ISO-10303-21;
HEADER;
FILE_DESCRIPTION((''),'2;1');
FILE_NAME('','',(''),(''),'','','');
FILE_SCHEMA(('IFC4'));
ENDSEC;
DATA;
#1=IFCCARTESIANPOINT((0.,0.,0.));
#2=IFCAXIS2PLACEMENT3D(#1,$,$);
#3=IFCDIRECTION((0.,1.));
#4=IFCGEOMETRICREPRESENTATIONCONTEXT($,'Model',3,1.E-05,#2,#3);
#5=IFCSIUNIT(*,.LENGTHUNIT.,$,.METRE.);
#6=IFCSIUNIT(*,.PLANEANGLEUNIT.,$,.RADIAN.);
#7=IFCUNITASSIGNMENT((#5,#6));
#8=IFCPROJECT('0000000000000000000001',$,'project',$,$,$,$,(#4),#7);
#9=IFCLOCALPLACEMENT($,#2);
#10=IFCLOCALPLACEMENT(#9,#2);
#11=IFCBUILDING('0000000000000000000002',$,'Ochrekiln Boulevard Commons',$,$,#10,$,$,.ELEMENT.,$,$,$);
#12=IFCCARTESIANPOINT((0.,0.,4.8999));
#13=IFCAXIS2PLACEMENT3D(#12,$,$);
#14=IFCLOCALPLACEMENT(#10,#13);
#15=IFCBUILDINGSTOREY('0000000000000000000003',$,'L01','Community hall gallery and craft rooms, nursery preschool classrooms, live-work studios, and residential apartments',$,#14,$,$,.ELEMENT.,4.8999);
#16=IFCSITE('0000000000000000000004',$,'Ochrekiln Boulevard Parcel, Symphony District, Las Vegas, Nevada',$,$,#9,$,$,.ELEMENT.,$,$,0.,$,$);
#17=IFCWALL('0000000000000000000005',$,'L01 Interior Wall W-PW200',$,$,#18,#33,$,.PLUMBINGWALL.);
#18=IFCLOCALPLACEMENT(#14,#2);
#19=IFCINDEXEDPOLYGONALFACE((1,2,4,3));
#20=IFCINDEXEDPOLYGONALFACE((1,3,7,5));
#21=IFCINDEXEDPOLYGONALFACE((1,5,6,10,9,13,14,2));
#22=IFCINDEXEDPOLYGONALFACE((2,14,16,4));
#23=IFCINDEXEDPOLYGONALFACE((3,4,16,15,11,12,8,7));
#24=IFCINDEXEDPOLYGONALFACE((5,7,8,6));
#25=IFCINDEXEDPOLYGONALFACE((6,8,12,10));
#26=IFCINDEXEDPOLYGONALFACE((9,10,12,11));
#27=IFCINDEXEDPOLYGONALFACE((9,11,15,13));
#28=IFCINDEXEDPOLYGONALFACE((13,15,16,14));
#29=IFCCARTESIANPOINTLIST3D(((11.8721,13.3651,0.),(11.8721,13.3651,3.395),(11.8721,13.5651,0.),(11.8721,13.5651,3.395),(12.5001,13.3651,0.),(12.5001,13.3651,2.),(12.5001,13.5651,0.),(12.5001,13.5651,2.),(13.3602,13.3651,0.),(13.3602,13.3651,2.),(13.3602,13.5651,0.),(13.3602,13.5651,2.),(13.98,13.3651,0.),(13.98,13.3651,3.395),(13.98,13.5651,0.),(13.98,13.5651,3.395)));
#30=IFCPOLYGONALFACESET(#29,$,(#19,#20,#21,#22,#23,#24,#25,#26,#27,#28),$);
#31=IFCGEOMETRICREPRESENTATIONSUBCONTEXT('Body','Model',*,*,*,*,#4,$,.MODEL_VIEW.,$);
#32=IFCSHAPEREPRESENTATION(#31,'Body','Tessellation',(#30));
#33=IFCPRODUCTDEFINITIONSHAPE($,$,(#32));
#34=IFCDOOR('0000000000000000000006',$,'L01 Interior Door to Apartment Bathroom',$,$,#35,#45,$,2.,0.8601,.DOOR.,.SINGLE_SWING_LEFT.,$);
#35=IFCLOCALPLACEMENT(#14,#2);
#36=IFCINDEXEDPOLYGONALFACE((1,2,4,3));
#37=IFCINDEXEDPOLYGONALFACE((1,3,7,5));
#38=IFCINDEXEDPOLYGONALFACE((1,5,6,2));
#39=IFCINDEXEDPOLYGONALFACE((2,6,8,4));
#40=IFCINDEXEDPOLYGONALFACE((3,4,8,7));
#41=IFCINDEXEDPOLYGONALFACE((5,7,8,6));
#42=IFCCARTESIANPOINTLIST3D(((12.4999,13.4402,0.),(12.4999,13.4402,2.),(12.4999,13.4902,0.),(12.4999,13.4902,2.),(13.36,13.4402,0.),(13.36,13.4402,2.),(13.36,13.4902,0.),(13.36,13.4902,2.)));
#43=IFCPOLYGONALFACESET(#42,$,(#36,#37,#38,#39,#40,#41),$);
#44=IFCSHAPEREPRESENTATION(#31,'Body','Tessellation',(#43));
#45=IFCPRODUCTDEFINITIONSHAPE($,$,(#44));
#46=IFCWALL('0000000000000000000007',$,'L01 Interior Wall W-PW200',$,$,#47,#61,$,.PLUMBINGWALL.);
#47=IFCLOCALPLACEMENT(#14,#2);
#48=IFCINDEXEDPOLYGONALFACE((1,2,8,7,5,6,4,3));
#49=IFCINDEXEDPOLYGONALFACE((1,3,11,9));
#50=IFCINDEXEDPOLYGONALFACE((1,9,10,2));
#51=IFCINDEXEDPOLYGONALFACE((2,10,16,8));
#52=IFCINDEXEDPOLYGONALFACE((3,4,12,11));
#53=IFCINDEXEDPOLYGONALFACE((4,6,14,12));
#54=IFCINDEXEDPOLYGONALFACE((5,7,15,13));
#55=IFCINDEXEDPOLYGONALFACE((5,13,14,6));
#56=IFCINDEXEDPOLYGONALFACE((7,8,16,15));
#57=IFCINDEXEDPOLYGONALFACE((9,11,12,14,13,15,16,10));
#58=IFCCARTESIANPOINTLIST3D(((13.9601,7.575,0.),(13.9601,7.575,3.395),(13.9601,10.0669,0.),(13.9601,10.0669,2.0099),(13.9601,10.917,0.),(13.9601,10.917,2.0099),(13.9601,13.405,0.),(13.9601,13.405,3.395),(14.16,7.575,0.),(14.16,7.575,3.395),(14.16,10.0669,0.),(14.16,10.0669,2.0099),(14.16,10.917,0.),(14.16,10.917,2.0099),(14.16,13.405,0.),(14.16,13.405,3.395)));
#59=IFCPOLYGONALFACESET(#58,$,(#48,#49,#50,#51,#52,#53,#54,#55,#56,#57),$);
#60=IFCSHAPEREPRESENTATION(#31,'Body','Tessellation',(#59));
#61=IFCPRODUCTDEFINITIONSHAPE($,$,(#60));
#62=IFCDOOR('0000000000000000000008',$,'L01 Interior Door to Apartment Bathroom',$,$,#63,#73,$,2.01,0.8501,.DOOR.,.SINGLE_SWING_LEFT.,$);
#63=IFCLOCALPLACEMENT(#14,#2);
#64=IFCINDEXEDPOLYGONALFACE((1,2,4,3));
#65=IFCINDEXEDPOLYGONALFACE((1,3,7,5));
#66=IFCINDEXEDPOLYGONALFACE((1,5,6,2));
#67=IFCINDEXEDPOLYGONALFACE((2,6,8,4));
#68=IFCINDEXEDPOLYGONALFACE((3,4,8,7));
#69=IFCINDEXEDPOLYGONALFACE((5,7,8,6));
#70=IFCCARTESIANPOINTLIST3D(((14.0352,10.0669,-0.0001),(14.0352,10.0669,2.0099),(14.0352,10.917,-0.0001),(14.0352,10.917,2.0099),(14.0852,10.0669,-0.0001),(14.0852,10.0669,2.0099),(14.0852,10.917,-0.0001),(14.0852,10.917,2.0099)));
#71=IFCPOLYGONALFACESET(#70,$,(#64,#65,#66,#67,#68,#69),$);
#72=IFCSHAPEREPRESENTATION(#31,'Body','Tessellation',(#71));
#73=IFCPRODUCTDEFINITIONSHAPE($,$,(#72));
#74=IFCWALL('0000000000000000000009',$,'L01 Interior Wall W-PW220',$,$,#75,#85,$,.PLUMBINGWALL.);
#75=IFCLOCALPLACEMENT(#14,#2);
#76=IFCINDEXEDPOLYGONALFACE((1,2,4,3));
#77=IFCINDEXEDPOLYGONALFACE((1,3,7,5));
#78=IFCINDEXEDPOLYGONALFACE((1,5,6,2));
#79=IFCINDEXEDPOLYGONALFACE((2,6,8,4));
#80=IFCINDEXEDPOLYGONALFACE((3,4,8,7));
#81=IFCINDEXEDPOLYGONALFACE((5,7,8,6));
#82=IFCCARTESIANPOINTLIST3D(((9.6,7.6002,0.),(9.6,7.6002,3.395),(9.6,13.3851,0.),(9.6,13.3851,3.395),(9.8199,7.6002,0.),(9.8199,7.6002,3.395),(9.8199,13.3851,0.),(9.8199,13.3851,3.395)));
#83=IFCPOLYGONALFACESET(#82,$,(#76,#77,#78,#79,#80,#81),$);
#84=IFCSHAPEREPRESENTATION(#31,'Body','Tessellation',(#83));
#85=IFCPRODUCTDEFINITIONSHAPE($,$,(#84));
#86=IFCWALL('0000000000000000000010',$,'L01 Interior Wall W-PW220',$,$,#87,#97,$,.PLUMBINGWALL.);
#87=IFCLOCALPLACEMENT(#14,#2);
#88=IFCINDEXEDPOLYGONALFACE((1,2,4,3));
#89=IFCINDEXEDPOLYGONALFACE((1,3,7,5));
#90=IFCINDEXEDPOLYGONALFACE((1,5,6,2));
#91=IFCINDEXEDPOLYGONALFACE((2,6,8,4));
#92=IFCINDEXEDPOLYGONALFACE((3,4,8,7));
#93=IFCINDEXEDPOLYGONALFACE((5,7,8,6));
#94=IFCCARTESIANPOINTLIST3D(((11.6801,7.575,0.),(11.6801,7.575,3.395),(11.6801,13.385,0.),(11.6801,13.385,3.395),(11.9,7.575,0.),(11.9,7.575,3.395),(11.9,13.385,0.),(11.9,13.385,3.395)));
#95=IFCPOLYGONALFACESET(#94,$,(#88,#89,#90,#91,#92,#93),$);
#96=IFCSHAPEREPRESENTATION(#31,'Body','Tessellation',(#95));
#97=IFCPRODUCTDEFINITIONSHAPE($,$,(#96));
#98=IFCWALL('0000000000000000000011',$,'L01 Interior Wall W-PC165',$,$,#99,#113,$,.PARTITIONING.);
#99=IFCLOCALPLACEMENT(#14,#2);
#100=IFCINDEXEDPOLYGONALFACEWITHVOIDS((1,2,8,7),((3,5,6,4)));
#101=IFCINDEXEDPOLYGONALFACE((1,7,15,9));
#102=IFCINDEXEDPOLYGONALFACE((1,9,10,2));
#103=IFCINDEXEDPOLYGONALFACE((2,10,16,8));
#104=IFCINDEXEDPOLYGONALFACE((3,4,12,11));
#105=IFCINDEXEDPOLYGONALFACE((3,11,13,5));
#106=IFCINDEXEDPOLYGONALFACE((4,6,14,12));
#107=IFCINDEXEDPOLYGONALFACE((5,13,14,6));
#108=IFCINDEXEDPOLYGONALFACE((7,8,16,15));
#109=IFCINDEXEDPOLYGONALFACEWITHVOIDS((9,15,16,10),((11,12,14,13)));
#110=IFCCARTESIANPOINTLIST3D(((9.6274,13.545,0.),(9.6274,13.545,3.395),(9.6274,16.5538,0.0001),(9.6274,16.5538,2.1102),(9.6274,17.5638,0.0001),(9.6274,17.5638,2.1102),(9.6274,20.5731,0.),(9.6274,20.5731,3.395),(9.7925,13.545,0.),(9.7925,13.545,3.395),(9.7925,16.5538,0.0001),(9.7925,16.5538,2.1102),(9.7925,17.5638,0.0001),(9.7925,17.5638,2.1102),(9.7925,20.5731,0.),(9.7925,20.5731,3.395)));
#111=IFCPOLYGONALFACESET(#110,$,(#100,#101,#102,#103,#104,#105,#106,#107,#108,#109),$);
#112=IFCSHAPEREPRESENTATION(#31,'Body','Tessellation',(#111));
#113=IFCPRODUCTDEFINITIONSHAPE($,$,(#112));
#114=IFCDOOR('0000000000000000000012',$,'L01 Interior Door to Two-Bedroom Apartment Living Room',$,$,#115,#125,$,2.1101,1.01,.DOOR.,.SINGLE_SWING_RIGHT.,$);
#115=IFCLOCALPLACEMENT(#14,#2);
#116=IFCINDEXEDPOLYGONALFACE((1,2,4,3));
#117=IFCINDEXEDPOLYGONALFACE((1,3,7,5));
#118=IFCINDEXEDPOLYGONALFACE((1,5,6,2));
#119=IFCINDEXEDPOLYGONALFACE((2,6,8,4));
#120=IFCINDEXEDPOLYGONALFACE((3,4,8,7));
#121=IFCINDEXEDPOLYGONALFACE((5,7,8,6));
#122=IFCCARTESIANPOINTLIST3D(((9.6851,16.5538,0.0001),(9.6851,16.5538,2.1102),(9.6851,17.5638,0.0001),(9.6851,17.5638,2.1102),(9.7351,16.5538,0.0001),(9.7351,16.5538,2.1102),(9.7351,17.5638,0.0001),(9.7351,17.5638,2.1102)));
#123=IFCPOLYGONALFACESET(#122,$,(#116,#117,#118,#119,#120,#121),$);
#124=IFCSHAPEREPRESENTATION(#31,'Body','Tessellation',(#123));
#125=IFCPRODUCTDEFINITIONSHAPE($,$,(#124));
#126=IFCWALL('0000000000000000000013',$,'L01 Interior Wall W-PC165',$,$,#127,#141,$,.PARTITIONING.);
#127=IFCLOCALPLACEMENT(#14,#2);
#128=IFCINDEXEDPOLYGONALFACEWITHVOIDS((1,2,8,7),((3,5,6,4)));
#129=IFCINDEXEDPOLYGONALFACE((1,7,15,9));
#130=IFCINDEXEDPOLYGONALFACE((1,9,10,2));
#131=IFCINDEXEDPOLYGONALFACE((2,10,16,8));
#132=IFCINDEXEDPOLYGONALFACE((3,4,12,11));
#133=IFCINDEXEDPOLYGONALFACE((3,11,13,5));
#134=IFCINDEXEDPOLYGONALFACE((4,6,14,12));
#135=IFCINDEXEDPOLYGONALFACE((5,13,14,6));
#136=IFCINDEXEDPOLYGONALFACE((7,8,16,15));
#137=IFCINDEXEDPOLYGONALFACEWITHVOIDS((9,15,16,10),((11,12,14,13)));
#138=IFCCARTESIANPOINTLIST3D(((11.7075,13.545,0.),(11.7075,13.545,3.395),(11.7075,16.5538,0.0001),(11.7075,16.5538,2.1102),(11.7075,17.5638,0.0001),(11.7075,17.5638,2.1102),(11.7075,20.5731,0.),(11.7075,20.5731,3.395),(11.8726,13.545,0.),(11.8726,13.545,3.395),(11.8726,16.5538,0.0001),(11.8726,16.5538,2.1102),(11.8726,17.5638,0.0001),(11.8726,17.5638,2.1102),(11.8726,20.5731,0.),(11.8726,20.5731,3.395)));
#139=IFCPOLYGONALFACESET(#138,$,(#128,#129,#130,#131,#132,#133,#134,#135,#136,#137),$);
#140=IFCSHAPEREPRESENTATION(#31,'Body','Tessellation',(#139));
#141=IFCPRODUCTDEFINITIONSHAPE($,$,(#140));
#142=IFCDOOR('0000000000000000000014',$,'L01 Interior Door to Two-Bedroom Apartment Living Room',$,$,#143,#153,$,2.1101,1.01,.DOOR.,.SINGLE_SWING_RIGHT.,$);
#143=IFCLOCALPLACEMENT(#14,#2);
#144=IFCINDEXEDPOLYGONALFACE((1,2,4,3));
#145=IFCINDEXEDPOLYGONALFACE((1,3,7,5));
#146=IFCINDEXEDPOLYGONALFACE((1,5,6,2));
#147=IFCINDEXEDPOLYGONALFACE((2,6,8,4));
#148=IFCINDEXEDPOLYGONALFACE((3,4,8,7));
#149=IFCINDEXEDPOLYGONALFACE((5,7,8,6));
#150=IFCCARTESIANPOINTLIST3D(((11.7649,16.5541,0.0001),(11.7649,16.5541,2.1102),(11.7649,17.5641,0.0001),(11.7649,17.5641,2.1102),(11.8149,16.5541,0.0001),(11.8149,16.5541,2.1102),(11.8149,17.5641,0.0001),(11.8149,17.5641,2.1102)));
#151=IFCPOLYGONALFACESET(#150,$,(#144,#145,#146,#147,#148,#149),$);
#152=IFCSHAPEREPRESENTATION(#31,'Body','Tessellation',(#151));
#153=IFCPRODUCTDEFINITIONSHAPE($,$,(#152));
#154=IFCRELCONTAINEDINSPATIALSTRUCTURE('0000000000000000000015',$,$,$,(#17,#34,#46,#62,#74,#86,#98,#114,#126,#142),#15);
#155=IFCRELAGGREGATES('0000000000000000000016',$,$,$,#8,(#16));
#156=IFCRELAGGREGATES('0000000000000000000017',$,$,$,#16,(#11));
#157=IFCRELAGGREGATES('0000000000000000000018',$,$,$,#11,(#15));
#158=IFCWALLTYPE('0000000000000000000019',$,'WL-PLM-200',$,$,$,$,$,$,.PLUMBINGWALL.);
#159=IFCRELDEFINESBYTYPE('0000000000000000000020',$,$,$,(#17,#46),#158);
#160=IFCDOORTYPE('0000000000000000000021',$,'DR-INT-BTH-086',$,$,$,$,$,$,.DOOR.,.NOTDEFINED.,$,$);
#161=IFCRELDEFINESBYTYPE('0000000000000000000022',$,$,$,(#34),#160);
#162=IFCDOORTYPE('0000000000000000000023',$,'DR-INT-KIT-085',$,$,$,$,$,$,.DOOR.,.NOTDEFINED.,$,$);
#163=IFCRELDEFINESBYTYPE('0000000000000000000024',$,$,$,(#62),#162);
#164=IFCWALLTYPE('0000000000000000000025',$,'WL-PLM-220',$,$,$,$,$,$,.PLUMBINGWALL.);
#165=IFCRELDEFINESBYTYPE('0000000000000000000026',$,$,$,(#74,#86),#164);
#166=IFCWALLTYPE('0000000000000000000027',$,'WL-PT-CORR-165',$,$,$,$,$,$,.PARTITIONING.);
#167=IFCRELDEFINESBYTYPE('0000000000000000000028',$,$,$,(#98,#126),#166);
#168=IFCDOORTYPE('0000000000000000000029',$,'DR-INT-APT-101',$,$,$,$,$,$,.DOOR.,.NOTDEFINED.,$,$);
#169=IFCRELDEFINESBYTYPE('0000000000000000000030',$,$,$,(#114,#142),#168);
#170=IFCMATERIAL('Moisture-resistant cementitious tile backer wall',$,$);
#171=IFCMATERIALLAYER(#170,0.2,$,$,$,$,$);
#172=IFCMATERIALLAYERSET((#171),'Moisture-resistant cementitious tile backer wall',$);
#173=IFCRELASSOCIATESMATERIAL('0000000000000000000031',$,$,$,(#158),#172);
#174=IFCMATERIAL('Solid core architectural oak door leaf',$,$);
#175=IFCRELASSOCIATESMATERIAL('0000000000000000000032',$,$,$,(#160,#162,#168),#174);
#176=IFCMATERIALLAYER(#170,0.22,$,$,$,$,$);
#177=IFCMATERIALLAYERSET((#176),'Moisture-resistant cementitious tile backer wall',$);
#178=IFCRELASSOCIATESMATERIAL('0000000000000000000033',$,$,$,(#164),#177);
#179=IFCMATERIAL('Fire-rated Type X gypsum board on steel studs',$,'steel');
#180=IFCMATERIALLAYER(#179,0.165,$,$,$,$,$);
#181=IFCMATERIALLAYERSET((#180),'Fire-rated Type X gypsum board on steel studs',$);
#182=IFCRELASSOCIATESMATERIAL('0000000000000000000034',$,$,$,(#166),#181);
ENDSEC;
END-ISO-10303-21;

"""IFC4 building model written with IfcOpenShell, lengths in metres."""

from ifc_helpers import new_model, si_unit, direction, frame, frame_2d, origin, place, context, subcontext, project, spatial, rectangle, extrude, material, layer, layer_set, type_object, element, fill, save


model = new_model("IFC4")

# Units and contexts
model_context = context("Model", 3, precision=1e-05, world=origin(), true_north=direction((0.0, 1.0)))
body_context = subcontext(model_context, "Body", "Model", "MODEL_VIEW")
ifc_project = project(units=[si_unit("LENGTHUNIT", "METRE"), si_unit("PLANEANGLEUNIT", "RADIAN")], contexts=[model_context])

# Site, building, storey
site_placement = place(None, origin())
site = spatial("IfcSite", under=ifc_project, at=site_placement, Name="Ochrekiln Boulevard Parcel, Symphony District, Las Vegas, Nevada", CompositionType="ELEMENT", RefElevation=0.0)
building_placement = place(site_placement, origin())
building = spatial("IfcBuilding", under=site, at=building_placement, Name="Ochrekiln Boulevard Commons", CompositionType="ELEMENT")
storey_placement = place(building_placement, frame((0.0, 0.0, 4.8999)))
storey = spatial("IfcBuildingStorey", under=building, at=storey_placement, Name="L01", Description="Community hall gallery and craft rooms, nursery preschool classrooms, live-work studios, and residential apartments", CompositionType="ELEMENT", Elevation=4.8999)

# Walls, openings, doors
ifc_material_1 = material(Name="Moisture-resistant cementitious tile backer wall")
ifc_layer_1 = layer(ifc_material_1, 0.2)
ifc_layer_set_1 = layer_set([ifc_layer_1], Name="Moisture-resistant cementitious tile backer wall")
wall_type_1 = type_object("IfcWallType", Name="WL-PLM-200", PredefinedType="PLUMBINGWALL", material=ifc_layer_set_1)
wall_1_placement = place(storey_placement, frame((11.8721, 13.4651, 0.0), z_axis=(0.0, 0.0, 1.0), x_axis=(1.0, 0.0, 0.0)))
wall_1 = element("IfcWall", 1, at=wall_1_placement, inside=storey, type_object=wall_type_1, Name="L01 Interior Wall W-PW200", PredefinedType="PLUMBINGWALL", context=body_context, shape_type="SweptSolid", body=[
    extrude(rectangle(XDim=2.1079, YDim=0.2, at=frame_2d((1.054, 0.0))), origin(), (0.0, 0.0, 1.0), 3.395),
])
opening_1_placement = place(wall_1_placement, frame((0.6279, 0.0, 0.0)))
opening_1 = element("IfcOpeningElement", 2, at=opening_1_placement, cuts=wall_1, PredefinedType="OPENING", context=body_context, shape_type="SweptSolid", body=[
    extrude(rectangle(XDim=0.8601, YDim=2.0, at=frame_2d((0.4302, 1.0))), frame((0.0, 0.1099, 0.0), z_axis=(0.0, -1.0, 0.0), x_axis=(1.0, 0.0, 0.0)), (0.0, 0.0, 1.0), 0.22),
])
ifc_material_2 = material(Name="Solid core architectural oak door leaf")
door_type_1 = type_object("IfcDoorType", Name="DR-INT-BTH-086", OperationType="NOTDEFINED", PredefinedType="DOOR", material=ifc_material_2)
door_1_placement = place(opening_1_placement, frame((0.8601, 0.0, 0.0), z_axis=(0.0, 0.0, 1.0), x_axis=(-1.0, 0.0, 0.0)))
door_1 = element("IfcDoor", 3, at=door_1_placement, inside=storey, type_object=door_type_1, Name="L01 Interior Door to Apartment Bathroom", OperationType="SINGLE_SWING_LEFT", OverallHeight=2.0, OverallWidth=0.8601, PredefinedType="DOOR", context=body_context, shape_type="SweptSolid", body=[
    extrude(rectangle(XDim=0.8601, YDim=2.0, at=frame_2d((0.4302, 1.0))), frame((0.0, 0.0249, 0.0), z_axis=(0.0, -1.0, 0.0), x_axis=(1.0, 0.0, 0.0)), (0.0, 0.0, 1.0), 0.05),
])
fill(opening_1, door_1)
wall_2_placement = place(storey_placement, frame((14.0601, 7.575, 0.0), z_axis=(0.0, 0.0, 1.0), x_axis=(0.0, 1.0, 0.0)))
wall_2 = element("IfcWall", 4, at=wall_2_placement, inside=storey, type_object=wall_type_1, Name="L01 Interior Wall W-PW200", PredefinedType="PLUMBINGWALL", context=body_context, shape_type="SweptSolid", body=[
    extrude(rectangle(XDim=5.8301, YDim=0.2, at=frame_2d((2.915, 0.0))), origin(), (0.0, 0.0, 1.0), 3.395),
])
opening_2_placement = place(wall_2_placement, frame((2.4919, 0.0, 0.0)))
opening_2 = element("IfcOpeningElement", 5, at=opening_2_placement, cuts=wall_2, PredefinedType="OPENING", context=body_context, shape_type="SweptSolid", body=[
    extrude(rectangle(XDim=0.8501, YDim=2.01, at=frame_2d((0.425, 1.0049))), frame((0.0, 0.1099, 0.0), z_axis=(0.0, -1.0, 0.0), x_axis=(1.0, 0.0, 0.0)), (0.0, 0.0, 1.0), 0.22),
])
door_type_2 = type_object("IfcDoorType", Name="DR-INT-KIT-085", OperationType="NOTDEFINED", PredefinedType="DOOR", material=ifc_material_2)
door_2_placement = place(opening_2_placement, origin())
door_2 = element("IfcDoor", 6, at=door_2_placement, inside=storey, type_object=door_type_2, Name="L01 Interior Door to Apartment Bathroom", OperationType="SINGLE_SWING_LEFT", OverallHeight=2.01, OverallWidth=0.8501, PredefinedType="DOOR", context=body_context, shape_type="SweptSolid", body=[
    extrude(rectangle(XDim=0.8501, YDim=2.01, at=frame_2d((0.425, 1.0049))), frame((0.0, 0.0249, 0.0), z_axis=(0.0, -1.0, 0.0), x_axis=(1.0, 0.0, 0.0)), (0.0, 0.0, 1.0), 0.05),
])
fill(opening_2, door_2)

# Walls
ifc_layer_2 = layer(ifc_material_1, 0.22)
ifc_layer_set_2 = layer_set([ifc_layer_2], Name="Moisture-resistant cementitious tile backer wall")
wall_type_2 = type_object("IfcWallType", Name="WL-PLM-220", PredefinedType="PLUMBINGWALL", material=ifc_layer_set_2)
wall_3_placement = place(storey_placement, frame((9.71, 7.6001, 0.0), z_axis=(0.0, 0.0, 1.0), x_axis=(0.0, 1.0, 0.0)))
element("IfcWall", 7, at=wall_3_placement, inside=storey, type_object=wall_type_2, Name="L01 Interior Wall W-PW220", PredefinedType="PLUMBINGWALL", context=body_context, shape_type="SweptSolid", body=[
    extrude(rectangle(XDim=5.7849, YDim=0.22, at=frame_2d((2.8926, 0.0))), origin(), (0.0, 0.0, 1.0), 3.395),
])
wall_4_placement = place(storey_placement, frame((11.79, 7.575, 0.0), z_axis=(0.0, 0.0, 1.0), x_axis=(0.0, 1.0, 0.0)))
element("IfcWall", 8, at=wall_4_placement, inside=storey, type_object=wall_type_2, Name="L01 Interior Wall W-PW220", PredefinedType="PLUMBINGWALL", context=body_context, shape_type="SweptSolid", body=[
    extrude(rectangle(XDim=5.8101, YDim=0.22, at=frame_2d((2.905, 0.0))), origin(), (0.0, 0.0, 1.0), 3.395),
])

# Walls, openings, doors
ifc_material_3 = material(Name="Fire-rated Type X gypsum board on steel studs", Category="steel")
ifc_layer_3 = layer(ifc_material_3, 0.165)
ifc_layer_set_3 = layer_set([ifc_layer_3], Name="Fire-rated Type X gypsum board on steel studs")
wall_type_3 = type_object("IfcWallType", Name="WL-PT-CORR-165", PredefinedType="PARTITIONING", material=ifc_layer_set_3)
wall_5_placement = place(storey_placement, frame((9.71, 13.5449, 0.0), z_axis=(0.0, 0.0, 1.0), x_axis=(0.0, 1.0, 0.0)))
wall_5 = element("IfcWall", 9, at=wall_5_placement, inside=storey, type_object=wall_type_3, Name="L01 Interior Wall W-PC165", PredefinedType="PARTITIONING", context=body_context, shape_type="SweptSolid", body=[
    extrude(rectangle(XDim=7.0281, YDim=0.165, at=frame_2d((3.5142, 0.0))), origin(), (0.0, 0.0, 1.0), 3.395),
])
opening_3_placement = place(wall_5_placement, frame((3.009, 0.0, 0.0)))
opening_3 = element("IfcOpeningElement", 10, at=opening_3_placement, cuts=wall_5, PredefinedType="OPENING", context=body_context, shape_type="SweptSolid", body=[
    extrude(rectangle(XDim=1.01, YDim=2.1101, at=frame_2d((0.5049, 1.0552))), frame((0.0, 0.0925, 0.0), z_axis=(0.0, -1.0, 0.0), x_axis=(1.0, 0.0, 0.0)), (0.0, 0.0, 1.0), 0.1851),
])
door_type_3 = type_object("IfcDoorType", Name="DR-INT-APT-101", OperationType="NOTDEFINED", PredefinedType="DOOR", material=ifc_material_2)
door_3_placement = place(opening_3_placement, origin())
door_3 = element("IfcDoor", 11, at=door_3_placement, inside=storey, type_object=door_type_3, Name="L01 Interior Door to Two-Bedroom Apartment Living Room", OperationType="SINGLE_SWING_RIGHT", OverallHeight=2.1101, OverallWidth=1.01, PredefinedType="DOOR", context=body_context, shape_type="SweptSolid", body=[
    extrude(rectangle(XDim=1.01, YDim=2.1101, at=frame_2d((0.5049, 1.0552))), frame((0.0, 0.0249, 0.0), z_axis=(0.0, -1.0, 0.0), x_axis=(1.0, 0.0, 0.0)), (0.0, 0.0, 1.0), 0.05),
])
fill(opening_3, door_3)
wall_6_placement = place(storey_placement, frame((11.79, 13.5449, 0.0), z_axis=(0.0, 0.0, 1.0), x_axis=(0.0, 1.0, 0.0)))
wall_6 = element("IfcWall", 12, at=wall_6_placement, inside=storey, type_object=wall_type_3, Name="L01 Interior Wall W-PC165", PredefinedType="PARTITIONING", context=body_context, shape_type="SweptSolid", body=[
    extrude(rectangle(XDim=7.0281, YDim=0.165, at=frame_2d((3.5142, 0.0))), origin(), (0.0, 0.0, 1.0), 3.395),
])
opening_4_placement = place(wall_6_placement, frame((3.009, 0.0, 0.0)))
opening_4 = element("IfcOpeningElement", 13, at=opening_4_placement, cuts=wall_6, PredefinedType="OPENING", context=body_context, shape_type="SweptSolid", body=[
    extrude(rectangle(XDim=1.01, YDim=2.1101, at=frame_2d((0.5049, 1.0552))), frame((0.0, 0.0925, 0.0), z_axis=(0.0, -1.0, 0.0), x_axis=(1.0, 0.0, 0.0)), (0.0, 0.0, 1.0), 0.1851),
])
door_4_placement = place(opening_4_placement, frame((1.01, 0.0, 0.0), z_axis=(0.0, 0.0, 1.0), x_axis=(-1.0, 0.0, 0.0)))
door_4 = element("IfcDoor", 14, at=door_4_placement, inside=storey, type_object=door_type_3, Name="L01 Interior Door to Two-Bedroom Apartment Living Room", OperationType="SINGLE_SWING_RIGHT", OverallHeight=2.1101, OverallWidth=1.01, PredefinedType="DOOR", context=body_context, shape_type="SweptSolid", body=[
    extrude(rectangle(XDim=1.01, YDim=2.1101, at=frame_2d((0.5049, 1.0552))), frame((0.0, 0.0249, 0.0), z_axis=(0.0, -1.0, 0.0), x_axis=(1.0, 0.0, 0.0)), (0.0, 0.0, 1.0), 0.05),
])
fill(opening_4, door_4)

save(model, "model.ifc")
